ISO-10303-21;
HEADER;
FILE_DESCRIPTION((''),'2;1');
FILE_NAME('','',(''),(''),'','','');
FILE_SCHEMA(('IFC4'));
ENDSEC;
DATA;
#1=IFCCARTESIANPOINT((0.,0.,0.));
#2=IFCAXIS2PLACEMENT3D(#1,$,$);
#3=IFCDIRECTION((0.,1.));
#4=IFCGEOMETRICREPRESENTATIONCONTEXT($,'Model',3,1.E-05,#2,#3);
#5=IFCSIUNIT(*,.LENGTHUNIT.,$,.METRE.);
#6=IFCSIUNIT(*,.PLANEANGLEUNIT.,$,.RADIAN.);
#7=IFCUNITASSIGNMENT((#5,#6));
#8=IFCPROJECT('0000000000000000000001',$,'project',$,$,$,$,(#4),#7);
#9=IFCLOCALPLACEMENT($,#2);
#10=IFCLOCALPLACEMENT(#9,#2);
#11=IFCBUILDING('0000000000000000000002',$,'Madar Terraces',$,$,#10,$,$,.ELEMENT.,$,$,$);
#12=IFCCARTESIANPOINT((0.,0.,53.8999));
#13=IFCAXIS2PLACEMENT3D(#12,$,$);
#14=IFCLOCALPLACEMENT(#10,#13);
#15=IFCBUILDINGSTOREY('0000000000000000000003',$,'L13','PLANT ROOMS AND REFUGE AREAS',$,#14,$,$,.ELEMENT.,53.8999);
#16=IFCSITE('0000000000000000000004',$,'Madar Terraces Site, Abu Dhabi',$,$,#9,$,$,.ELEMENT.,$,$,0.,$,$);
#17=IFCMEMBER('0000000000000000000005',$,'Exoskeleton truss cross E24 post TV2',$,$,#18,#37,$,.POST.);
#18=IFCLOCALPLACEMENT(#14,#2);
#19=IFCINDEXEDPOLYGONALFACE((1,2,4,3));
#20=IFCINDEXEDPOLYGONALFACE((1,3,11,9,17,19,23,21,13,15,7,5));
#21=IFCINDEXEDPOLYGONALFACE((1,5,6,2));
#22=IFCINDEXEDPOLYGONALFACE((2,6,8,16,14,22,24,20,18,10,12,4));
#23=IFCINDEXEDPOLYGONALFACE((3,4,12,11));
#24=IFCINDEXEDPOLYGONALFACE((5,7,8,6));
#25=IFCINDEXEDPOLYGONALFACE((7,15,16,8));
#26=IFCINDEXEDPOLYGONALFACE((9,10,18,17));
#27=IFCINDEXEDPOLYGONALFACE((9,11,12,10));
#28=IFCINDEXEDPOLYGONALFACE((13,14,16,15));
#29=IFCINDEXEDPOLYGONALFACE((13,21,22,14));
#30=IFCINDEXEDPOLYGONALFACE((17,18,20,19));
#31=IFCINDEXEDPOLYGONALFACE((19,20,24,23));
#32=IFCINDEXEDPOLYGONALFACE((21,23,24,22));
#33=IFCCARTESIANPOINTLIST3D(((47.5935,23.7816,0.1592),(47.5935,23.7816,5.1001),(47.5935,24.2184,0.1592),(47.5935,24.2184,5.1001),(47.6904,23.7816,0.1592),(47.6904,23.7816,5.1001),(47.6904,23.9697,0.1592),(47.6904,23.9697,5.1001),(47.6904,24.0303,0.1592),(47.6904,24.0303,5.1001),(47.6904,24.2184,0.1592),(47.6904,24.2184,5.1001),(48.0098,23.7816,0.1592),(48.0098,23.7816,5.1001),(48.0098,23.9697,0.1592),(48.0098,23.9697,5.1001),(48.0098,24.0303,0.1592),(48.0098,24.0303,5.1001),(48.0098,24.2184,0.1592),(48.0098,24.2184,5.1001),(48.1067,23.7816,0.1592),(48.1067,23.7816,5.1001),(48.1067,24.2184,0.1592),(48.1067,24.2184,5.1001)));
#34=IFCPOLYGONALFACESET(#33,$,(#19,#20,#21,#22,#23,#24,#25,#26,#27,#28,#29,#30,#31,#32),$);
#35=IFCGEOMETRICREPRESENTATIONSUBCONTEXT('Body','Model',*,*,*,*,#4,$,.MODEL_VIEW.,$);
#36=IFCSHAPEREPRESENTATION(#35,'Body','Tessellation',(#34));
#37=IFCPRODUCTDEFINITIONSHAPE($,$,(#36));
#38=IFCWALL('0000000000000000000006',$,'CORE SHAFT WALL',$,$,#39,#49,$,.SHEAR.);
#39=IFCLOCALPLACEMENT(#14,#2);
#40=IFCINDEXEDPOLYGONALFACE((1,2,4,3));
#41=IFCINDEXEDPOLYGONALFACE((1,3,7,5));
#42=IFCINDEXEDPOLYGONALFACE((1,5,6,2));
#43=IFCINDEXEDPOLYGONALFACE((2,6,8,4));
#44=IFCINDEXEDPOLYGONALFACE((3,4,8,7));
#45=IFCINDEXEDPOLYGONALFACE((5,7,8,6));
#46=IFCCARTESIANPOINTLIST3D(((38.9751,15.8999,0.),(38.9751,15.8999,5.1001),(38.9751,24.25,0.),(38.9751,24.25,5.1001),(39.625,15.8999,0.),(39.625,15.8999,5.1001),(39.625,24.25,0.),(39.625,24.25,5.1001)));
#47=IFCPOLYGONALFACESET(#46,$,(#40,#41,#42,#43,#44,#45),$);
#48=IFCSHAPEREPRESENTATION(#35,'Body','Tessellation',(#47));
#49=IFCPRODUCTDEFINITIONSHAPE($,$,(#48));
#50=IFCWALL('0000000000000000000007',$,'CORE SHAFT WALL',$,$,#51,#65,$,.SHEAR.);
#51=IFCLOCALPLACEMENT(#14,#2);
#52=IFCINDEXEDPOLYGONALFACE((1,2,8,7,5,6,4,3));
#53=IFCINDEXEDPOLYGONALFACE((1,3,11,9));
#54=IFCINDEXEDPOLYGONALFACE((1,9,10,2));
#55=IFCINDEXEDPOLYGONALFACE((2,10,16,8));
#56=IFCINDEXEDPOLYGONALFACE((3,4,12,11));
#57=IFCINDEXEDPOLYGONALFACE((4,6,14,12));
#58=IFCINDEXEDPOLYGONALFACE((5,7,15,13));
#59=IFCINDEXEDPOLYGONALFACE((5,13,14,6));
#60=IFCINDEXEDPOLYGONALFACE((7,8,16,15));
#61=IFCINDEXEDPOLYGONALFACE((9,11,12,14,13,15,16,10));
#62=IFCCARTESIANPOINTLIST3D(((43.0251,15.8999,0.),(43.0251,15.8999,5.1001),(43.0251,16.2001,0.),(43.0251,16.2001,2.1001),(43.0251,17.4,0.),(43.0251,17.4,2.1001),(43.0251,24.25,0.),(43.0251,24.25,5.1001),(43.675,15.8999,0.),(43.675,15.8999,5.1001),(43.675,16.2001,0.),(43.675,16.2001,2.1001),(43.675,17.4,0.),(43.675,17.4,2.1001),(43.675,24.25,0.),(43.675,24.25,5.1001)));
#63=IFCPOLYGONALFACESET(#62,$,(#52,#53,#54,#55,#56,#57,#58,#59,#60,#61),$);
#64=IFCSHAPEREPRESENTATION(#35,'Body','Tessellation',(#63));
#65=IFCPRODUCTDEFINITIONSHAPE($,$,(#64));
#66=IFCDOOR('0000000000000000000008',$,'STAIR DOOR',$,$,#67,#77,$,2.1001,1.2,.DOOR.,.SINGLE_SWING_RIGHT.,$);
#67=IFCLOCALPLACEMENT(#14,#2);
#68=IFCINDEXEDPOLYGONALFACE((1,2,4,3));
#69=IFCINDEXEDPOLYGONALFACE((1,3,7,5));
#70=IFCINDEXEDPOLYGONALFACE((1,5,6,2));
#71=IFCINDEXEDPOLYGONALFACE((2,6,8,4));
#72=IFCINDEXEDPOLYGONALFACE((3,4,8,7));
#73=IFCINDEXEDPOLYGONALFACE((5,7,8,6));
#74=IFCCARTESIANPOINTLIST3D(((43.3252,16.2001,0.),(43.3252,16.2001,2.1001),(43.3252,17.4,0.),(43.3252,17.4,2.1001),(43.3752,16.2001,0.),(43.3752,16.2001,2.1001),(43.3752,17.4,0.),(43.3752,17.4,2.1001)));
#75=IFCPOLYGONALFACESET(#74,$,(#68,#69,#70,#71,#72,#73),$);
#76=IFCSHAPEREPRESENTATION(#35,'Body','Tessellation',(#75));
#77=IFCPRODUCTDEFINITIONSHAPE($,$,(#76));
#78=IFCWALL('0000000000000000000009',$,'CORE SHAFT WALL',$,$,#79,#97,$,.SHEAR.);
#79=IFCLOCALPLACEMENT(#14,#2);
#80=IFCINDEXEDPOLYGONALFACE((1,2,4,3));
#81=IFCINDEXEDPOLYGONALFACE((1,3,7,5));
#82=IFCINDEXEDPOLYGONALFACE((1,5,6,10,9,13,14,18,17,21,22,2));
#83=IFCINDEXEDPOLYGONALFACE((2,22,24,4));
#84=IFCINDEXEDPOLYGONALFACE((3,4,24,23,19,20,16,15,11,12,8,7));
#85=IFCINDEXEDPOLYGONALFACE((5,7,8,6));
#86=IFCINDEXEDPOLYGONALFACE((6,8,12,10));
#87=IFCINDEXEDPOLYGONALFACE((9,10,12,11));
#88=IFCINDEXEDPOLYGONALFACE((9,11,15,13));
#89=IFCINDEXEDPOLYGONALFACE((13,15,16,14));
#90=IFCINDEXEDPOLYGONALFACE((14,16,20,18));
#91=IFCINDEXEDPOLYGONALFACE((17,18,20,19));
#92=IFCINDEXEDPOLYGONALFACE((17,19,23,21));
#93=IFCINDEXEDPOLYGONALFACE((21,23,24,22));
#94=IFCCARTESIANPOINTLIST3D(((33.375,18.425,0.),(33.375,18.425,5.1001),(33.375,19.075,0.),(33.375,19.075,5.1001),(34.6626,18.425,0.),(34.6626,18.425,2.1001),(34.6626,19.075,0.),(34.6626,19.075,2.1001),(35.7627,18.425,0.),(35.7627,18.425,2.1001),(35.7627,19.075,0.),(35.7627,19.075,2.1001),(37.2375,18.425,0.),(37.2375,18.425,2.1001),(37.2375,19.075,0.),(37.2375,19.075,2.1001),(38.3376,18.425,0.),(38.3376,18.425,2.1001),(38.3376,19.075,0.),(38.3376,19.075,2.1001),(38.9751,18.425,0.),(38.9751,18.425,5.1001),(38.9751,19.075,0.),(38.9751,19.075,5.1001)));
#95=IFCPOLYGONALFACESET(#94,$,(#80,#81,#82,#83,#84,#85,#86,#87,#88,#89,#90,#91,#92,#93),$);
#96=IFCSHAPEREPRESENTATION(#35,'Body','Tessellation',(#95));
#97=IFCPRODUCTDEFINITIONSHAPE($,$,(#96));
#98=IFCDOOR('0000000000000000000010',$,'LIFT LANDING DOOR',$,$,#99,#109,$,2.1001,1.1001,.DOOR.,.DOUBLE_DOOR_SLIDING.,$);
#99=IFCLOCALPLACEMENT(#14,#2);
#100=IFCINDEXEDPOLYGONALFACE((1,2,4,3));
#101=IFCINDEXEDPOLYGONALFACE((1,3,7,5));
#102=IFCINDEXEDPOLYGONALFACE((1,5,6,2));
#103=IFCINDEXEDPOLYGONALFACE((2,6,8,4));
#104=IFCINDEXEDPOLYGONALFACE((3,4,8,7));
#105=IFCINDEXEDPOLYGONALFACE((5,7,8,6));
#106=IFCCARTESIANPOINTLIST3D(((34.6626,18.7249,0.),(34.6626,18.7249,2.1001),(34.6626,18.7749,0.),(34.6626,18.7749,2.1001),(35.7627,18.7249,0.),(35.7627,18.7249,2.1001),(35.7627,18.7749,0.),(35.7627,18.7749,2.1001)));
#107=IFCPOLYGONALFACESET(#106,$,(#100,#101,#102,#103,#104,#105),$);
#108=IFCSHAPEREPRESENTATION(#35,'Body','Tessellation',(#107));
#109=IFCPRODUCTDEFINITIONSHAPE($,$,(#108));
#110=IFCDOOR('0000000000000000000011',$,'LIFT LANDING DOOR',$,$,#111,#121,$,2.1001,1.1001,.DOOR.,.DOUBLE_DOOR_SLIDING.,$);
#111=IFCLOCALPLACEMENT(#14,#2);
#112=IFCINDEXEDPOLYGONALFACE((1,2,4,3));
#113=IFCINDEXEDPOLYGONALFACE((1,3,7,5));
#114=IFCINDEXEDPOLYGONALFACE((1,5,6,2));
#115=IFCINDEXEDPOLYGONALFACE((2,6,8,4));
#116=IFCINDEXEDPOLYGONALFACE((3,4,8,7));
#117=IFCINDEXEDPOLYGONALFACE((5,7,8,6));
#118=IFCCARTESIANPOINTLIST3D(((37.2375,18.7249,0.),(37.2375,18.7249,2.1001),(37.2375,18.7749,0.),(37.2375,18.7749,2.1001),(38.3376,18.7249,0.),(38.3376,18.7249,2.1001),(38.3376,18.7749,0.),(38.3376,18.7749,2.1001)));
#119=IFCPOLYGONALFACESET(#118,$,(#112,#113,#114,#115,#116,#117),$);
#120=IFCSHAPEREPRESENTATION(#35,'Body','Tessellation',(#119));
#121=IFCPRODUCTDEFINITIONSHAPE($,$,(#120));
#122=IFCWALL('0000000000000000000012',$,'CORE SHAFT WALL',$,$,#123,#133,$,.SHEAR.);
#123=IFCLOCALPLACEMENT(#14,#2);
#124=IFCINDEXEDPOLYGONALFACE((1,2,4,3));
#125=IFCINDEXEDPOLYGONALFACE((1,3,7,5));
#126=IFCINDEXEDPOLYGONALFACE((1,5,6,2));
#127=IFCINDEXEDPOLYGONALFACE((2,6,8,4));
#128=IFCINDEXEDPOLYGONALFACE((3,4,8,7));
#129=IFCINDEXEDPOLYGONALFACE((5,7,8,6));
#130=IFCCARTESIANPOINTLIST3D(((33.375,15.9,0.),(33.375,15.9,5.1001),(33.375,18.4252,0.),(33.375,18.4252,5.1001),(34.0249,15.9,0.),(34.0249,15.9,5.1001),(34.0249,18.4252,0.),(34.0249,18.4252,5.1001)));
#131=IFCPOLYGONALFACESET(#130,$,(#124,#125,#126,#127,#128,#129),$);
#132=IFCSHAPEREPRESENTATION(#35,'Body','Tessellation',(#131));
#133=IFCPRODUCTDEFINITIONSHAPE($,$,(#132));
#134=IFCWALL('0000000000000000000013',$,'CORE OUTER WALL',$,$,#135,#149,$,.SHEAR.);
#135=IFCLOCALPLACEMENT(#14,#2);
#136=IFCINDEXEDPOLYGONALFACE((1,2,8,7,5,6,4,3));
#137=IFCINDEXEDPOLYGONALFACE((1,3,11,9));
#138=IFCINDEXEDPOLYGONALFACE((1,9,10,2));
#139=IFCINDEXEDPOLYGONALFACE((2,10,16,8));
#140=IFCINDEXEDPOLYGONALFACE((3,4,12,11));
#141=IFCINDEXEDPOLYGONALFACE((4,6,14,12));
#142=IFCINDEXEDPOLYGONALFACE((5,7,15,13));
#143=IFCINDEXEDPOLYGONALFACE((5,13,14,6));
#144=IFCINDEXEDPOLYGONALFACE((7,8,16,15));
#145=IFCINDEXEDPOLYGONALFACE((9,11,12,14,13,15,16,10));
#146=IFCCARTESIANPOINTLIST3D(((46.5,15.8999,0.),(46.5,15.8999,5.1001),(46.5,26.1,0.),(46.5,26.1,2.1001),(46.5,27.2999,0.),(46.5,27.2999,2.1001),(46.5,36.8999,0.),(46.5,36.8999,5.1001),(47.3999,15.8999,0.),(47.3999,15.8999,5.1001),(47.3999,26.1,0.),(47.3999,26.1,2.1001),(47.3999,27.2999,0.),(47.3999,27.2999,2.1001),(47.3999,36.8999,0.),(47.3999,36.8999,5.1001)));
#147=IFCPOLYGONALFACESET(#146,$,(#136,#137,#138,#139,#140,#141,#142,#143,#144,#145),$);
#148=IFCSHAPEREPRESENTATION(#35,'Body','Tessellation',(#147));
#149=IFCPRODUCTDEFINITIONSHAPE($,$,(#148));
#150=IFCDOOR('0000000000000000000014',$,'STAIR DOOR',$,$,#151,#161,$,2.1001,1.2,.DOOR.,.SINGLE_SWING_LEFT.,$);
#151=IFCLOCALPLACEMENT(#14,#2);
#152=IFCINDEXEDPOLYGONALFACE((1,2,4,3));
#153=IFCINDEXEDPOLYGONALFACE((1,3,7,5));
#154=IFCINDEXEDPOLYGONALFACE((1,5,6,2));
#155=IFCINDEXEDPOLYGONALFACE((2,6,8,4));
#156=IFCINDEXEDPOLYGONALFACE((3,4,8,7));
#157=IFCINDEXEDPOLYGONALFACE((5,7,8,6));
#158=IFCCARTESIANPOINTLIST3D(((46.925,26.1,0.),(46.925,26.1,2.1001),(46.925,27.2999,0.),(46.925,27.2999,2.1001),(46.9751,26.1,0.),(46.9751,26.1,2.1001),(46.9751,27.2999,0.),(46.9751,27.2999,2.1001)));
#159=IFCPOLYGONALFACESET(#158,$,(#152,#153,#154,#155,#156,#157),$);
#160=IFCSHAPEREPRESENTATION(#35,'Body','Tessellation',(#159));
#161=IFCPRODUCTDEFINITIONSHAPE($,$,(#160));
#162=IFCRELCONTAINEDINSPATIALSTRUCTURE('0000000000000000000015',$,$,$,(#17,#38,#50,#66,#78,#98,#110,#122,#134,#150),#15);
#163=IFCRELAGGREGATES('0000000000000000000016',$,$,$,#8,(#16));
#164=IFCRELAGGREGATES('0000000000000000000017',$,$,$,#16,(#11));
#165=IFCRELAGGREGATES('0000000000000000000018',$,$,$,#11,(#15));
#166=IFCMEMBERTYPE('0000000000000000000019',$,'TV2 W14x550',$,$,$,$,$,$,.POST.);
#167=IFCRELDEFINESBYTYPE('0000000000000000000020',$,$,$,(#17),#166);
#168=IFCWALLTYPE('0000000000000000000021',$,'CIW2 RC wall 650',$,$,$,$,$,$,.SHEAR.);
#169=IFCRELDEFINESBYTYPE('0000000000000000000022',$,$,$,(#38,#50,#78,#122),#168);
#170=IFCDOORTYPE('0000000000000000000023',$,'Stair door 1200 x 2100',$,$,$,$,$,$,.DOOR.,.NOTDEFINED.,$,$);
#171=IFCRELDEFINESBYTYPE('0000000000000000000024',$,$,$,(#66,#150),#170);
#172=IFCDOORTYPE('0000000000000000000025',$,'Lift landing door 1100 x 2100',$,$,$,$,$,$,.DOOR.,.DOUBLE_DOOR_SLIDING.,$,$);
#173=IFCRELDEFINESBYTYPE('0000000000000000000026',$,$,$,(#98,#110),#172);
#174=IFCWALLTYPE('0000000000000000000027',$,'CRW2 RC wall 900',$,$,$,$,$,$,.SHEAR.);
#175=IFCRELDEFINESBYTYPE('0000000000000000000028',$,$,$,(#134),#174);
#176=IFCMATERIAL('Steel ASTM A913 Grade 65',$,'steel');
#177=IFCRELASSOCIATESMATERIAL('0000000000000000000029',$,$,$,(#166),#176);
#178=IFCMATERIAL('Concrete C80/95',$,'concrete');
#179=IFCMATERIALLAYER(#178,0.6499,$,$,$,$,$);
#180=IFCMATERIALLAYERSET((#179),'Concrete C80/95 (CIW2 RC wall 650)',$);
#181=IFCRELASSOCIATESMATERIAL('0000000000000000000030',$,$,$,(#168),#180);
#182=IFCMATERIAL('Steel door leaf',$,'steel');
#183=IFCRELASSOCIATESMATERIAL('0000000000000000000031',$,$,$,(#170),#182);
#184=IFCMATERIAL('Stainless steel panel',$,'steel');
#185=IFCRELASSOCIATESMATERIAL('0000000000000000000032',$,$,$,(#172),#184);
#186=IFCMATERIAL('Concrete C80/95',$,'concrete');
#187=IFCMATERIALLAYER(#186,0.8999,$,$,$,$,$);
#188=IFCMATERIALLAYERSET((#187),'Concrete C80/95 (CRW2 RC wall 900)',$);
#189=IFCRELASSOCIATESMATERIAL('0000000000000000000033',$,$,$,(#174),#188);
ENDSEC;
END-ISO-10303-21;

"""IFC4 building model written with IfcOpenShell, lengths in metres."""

from ifc_helpers import new_model, si_unit, direction, frame, frame_2d, origin, origin_2d, place, context, subcontext, project, spatial, rectangle, i_section, extrude, material, layer, layer_set, material_profile, profile_set, type_object, element, fill, save


model = new_model("IFC4")

# Units and contexts
model_context = context("Model", 3, precision=1e-05, world=origin(), true_north=direction((0.0, 1.0)))
body_context = subcontext(model_context, "Body", "Model", "MODEL_VIEW")
ifc_project = project(units=[si_unit("LENGTHUNIT", "METRE"), si_unit("PLANEANGLEUNIT", "RADIAN")], contexts=[model_context])

# Site, building, storey
site_placement = place(None, origin())
site = spatial("IfcSite", under=ifc_project, at=site_placement, Name="Madar Terraces Site, Abu Dhabi", CompositionType="ELEMENT", RefElevation=0.0)
building_placement = place(site_placement, origin())
building = spatial("IfcBuilding", under=site, at=building_placement, Name="Madar Terraces", CompositionType="ELEMENT")
storey_placement = place(building_placement, frame((0.0, 0.0, 53.8999)))
storey = spatial("IfcBuildingStorey", under=building, at=storey_placement, Name="L13", Description="PLANT ROOMS AND REFUGE AREAS", CompositionType="ELEMENT", Elevation=53.8999)

# Member
ifc_material_1 = material(Name="Steel ASTM A913 Grade 65", Category="steel")
ifc_material_profile = material_profile(ifc_material_1, i_section(OverallWidth=0.4368, OverallDepth=0.5132, WebThickness=0.0605, FlangeThickness=0.0969, at=origin_2d()), Name="W14x550")
ifc_profile_set = profile_set([ifc_material_profile], Name="Steel ASTM A913 Grade 65")
member_type = type_object("IfcMemberType", Name="TV2 W14x550", PredefinedType="POST", material=ifc_profile_set)
member_placement = place(storey_placement, frame((47.8501, 24.0, 0.1592), z_axis=(0.0, 0.0, 1.0), x_axis=(0.0, 1.0, 0.0)))
element("IfcMember", 1, at=member_placement, inside=storey, type_object=member_type, Name="Exoskeleton truss cross E24 post TV2", PredefinedType="POST", context=body_context, shape_type="SweptSolid", body=[
    extrude(i_section(OverallWidth=0.4368, OverallDepth=0.5132, WebThickness=0.0605, FlangeThickness=0.0969, at=origin_2d()), origin(), (0.0, 0.0, 1.0), 4.9409),
])

# Wall
ifc_material_2 = material(Name="Concrete C80/95", Category="concrete")
ifc_layer_1 = layer(ifc_material_2, 0.6499)
ifc_layer_set_1 = layer_set([ifc_layer_1], Name="Concrete C80/95 (CIW2 RC wall 650)")
wall_type_1 = type_object("IfcWallType", Name="CIW2 RC wall 650", PredefinedType="SHEAR", material=ifc_layer_set_1)
wall_1_placement = place(storey_placement, frame((39.3, 15.8999, 0.0), z_axis=(0.0, 0.0, 1.0), x_axis=(0.0, 1.0, 0.0)))
element("IfcWall", 2, at=wall_1_placement, inside=storey, type_object=wall_type_1, Name="CORE SHAFT WALL", PredefinedType="SHEAR", context=body_context, shape_type="SweptSolid", body=[
    extrude(rectangle(XDim=8.3501, YDim=0.6499, at=frame_2d((4.175, 0.0))), origin(), (0.0, 0.0, 1.0), 5.1001),
])

# Wall, opening, door
wall_2_placement = place(storey_placement, frame((43.3501, 15.8999, 0.0), z_axis=(0.0, 0.0, 1.0), x_axis=(0.0, 1.0, 0.0)))
wall_2 = element("IfcWall", 3, at=wall_2_placement, inside=storey, type_object=wall_type_1, Name="CORE SHAFT WALL", PredefinedType="SHEAR", context=body_context, shape_type="SweptSolid", body=[
    extrude(rectangle(XDim=8.3501, YDim=0.6499, at=frame_2d((4.175, 0.0))), origin(), (0.0, 0.0, 1.0), 5.1001),
])
opening_1_placement = place(wall_2_placement, frame((0.3, 0.0, 0.0)))
opening_1 = element("IfcOpeningElement", 4, at=opening_1_placement, cuts=wall_2, PredefinedType="OPENING", context=body_context, shape_type="SweptSolid", body=[
    extrude(rectangle(XDim=1.2, YDim=2.1001, at=frame_2d((0.6001, 1.05))), frame((0.0, 0.335, 0.0), z_axis=(0.0, -1.0, 0.0), x_axis=(1.0, 0.0, 0.0)), (0.0, 0.0, 1.0), 0.6699),
])
ifc_material_3 = material(Name="Steel door leaf", Category="steel")
door_type_1 = type_object("IfcDoorType", Name="Stair door 1200 x 2100", OperationType="NOTDEFINED", PredefinedType="DOOR", material=ifc_material_3)
door_1_placement = place(opening_1_placement, origin())
door_1 = element("IfcDoor", 5, at=door_1_placement, inside=storey, type_object=door_type_1, Name="STAIR DOOR", OperationType="SINGLE_SWING_RIGHT", OverallHeight=2.1001, OverallWidth=1.2, PredefinedType="DOOR", context=body_context, shape_type="SweptSolid", body=[
    extrude(rectangle(XDim=1.2, YDim=2.1001, at=frame_2d((0.6001, 1.05))), frame((0.0, 0.0249, 0.0), z_axis=(0.0, -1.0, 0.0), x_axis=(1.0, 0.0, 0.0)), (0.0, 0.0, 1.0), 0.05),
])
fill(opening_1, door_1)

# Wall, openings, doors
wall_3_placement = place(storey_placement, frame((33.375, 18.75, 0.0), z_axis=(0.0, 0.0, 1.0), x_axis=(1.0, 0.0, 0.0)))
wall_3 = element("IfcWall", 6, at=wall_3_placement, inside=storey, type_object=wall_type_1, Name="CORE SHAFT WALL", PredefinedType="SHEAR", context=body_context, shape_type="SweptSolid", body=[
    extrude(rectangle(XDim=5.6001, YDim=0.6499, at=frame_2d((2.8, 0.0))), origin(), (0.0, 0.0, 1.0), 5.1001),
])
opening_2_placement = place(wall_3_placement, frame((1.2876, 0.0, 0.0)))
opening_2 = element("IfcOpeningElement", 7, at=opening_2_placement, cuts=wall_3, PredefinedType="OPENING", context=body_context, shape_type="SweptSolid", body=[
    extrude(rectangle(XDim=1.1001, YDim=2.1001, at=frame_2d((0.55, 1.05))), frame((0.0, 0.335, 0.0), z_axis=(0.0, -1.0, 0.0), x_axis=(1.0, 0.0, 0.0)), (0.0, 0.0, 1.0), 0.6699),
])
opening_3_placement = place(wall_3_placement, frame((3.8625, 0.0, 0.0)))
opening_3 = element("IfcOpeningElement", 8, at=opening_3_placement, cuts=wall_3, PredefinedType="OPENING", context=body_context, shape_type="SweptSolid", body=[
    extrude(rectangle(XDim=1.1001, YDim=2.1001, at=frame_2d((0.55, 1.05))), frame((0.0, 0.335, 0.0), z_axis=(0.0, -1.0, 0.0), x_axis=(1.0, 0.0, 0.0)), (0.0, 0.0, 1.0), 0.6699),
])
ifc_material_4 = material(Name="Stainless steel panel", Category="steel")
door_type_2 = type_object("IfcDoorType", Name="Lift landing door 1100 x 2100", OperationType="DOUBLE_DOOR_SLIDING", PredefinedType="DOOR", material=ifc_material_4)
door_2_placement = place(opening_2_placement, origin())
door_2 = element("IfcDoor", 9, at=door_2_placement, inside=storey, type_object=door_type_2, Name="LIFT LANDING DOOR", OperationType="DOUBLE_DOOR_SLIDING", OverallHeight=2.1001, OverallWidth=1.1001, PredefinedType="DOOR", context=body_context, shape_type="SweptSolid", body=[
    extrude(rectangle(XDim=1.1001, YDim=2.1001, at=frame_2d((0.55, 1.05))), frame((0.0, 0.0249, 0.0), z_axis=(0.0, -1.0, 0.0), x_axis=(1.0, 0.0, 0.0)), (0.0, 0.0, 1.0), 0.05),
])
fill(opening_2, door_2)
door_3_placement = place(opening_3_placement, origin())
door_3 = element("IfcDoor", 10, at=door_3_placement, inside=storey, type_object=door_type_2, Name="LIFT LANDING DOOR", OperationType="DOUBLE_DOOR_SLIDING", OverallHeight=2.1001, OverallWidth=1.1001, PredefinedType="DOOR", context=body_context, shape_type="SweptSolid", body=[
    extrude(rectangle(XDim=1.1001, YDim=2.1001, at=frame_2d((0.55, 1.05))), frame((0.0, 0.0249, 0.0), z_axis=(0.0, -1.0, 0.0), x_axis=(1.0, 0.0, 0.0)), (0.0, 0.0, 1.0), 0.05),
])
fill(opening_3, door_3)

# Wall
wall_4_placement = place(storey_placement, frame((33.7, 15.8999, 0.0), z_axis=(0.0, 0.0, 1.0), x_axis=(0.0, 1.0, 0.0)))
element("IfcWall", 11, at=wall_4_placement, inside=storey, type_object=wall_type_1, Name="CORE SHAFT WALL", PredefinedType="SHEAR", context=body_context, shape_type="SweptSolid", body=[
    extrude(rectangle(XDim=2.5251, YDim=0.6499, at=frame_2d((1.2627, 0.0))), origin(), (0.0, 0.0, 1.0), 5.1001),
])

# Wall, opening, door
ifc_material_5 = material(Name="Concrete C80/95", Category="concrete")
ifc_layer_2 = layer(ifc_material_5, 0.8999)
ifc_layer_set_2 = layer_set([ifc_layer_2], Name="Concrete C80/95 (CRW2 RC wall 900)")
wall_type_2 = type_object("IfcWallType", Name="CRW2 RC wall 900", PredefinedType="SHEAR", material=ifc_layer_set_2)
wall_5_placement = place(storey_placement, frame((46.95, 15.8999, 0.0), z_axis=(0.0, 0.0, 1.0), x_axis=(0.0, 1.0, 0.0)))
wall_5 = element("IfcWall", 12, at=wall_5_placement, inside=storey, type_object=wall_type_2, Name="CORE OUTER WALL", PredefinedType="SHEAR", context=body_context, shape_type="SweptSolid", body=[
    extrude(rectangle(XDim=21.0, YDim=0.8999, at=frame_2d((10.5, 0.0))), origin(), (0.0, 0.0, 1.0), 5.1001),
])
opening_4_placement = place(wall_5_placement, frame((10.2, 0.0, 0.0)))
opening_4 = element("IfcOpeningElement", 13, at=opening_4_placement, cuts=wall_5, PredefinedType="OPENING", context=body_context, shape_type="SweptSolid", body=[
    extrude(rectangle(XDim=1.2, YDim=2.1001, at=frame_2d((0.6001, 1.05))), frame((0.0, 0.46, 0.0), z_axis=(0.0, -1.0, 0.0), x_axis=(1.0, 0.0, 0.0)), (0.0, 0.0, 1.0), 0.9199),
])
door_4_placement = place(opening_4_placement, origin())
door_4 = element("IfcDoor", 14, at=door_4_placement, inside=storey, type_object=door_type_1, Name="STAIR DOOR", OperationType="SINGLE_SWING_LEFT", OverallHeight=2.1001, OverallWidth=1.2, PredefinedType="DOOR", context=body_context, shape_type="SweptSolid", body=[
    extrude(rectangle(XDim=1.2, YDim=2.1001, at=frame_2d((0.6001, 1.05))), frame((0.0, 0.0249, 0.0), z_axis=(0.0, -1.0, 0.0), x_axis=(1.0, 0.0, 0.0)), (0.0, 0.0, 1.0), 0.05),
])
fill(opening_4, door_4)

save(model, "model.ifc")
